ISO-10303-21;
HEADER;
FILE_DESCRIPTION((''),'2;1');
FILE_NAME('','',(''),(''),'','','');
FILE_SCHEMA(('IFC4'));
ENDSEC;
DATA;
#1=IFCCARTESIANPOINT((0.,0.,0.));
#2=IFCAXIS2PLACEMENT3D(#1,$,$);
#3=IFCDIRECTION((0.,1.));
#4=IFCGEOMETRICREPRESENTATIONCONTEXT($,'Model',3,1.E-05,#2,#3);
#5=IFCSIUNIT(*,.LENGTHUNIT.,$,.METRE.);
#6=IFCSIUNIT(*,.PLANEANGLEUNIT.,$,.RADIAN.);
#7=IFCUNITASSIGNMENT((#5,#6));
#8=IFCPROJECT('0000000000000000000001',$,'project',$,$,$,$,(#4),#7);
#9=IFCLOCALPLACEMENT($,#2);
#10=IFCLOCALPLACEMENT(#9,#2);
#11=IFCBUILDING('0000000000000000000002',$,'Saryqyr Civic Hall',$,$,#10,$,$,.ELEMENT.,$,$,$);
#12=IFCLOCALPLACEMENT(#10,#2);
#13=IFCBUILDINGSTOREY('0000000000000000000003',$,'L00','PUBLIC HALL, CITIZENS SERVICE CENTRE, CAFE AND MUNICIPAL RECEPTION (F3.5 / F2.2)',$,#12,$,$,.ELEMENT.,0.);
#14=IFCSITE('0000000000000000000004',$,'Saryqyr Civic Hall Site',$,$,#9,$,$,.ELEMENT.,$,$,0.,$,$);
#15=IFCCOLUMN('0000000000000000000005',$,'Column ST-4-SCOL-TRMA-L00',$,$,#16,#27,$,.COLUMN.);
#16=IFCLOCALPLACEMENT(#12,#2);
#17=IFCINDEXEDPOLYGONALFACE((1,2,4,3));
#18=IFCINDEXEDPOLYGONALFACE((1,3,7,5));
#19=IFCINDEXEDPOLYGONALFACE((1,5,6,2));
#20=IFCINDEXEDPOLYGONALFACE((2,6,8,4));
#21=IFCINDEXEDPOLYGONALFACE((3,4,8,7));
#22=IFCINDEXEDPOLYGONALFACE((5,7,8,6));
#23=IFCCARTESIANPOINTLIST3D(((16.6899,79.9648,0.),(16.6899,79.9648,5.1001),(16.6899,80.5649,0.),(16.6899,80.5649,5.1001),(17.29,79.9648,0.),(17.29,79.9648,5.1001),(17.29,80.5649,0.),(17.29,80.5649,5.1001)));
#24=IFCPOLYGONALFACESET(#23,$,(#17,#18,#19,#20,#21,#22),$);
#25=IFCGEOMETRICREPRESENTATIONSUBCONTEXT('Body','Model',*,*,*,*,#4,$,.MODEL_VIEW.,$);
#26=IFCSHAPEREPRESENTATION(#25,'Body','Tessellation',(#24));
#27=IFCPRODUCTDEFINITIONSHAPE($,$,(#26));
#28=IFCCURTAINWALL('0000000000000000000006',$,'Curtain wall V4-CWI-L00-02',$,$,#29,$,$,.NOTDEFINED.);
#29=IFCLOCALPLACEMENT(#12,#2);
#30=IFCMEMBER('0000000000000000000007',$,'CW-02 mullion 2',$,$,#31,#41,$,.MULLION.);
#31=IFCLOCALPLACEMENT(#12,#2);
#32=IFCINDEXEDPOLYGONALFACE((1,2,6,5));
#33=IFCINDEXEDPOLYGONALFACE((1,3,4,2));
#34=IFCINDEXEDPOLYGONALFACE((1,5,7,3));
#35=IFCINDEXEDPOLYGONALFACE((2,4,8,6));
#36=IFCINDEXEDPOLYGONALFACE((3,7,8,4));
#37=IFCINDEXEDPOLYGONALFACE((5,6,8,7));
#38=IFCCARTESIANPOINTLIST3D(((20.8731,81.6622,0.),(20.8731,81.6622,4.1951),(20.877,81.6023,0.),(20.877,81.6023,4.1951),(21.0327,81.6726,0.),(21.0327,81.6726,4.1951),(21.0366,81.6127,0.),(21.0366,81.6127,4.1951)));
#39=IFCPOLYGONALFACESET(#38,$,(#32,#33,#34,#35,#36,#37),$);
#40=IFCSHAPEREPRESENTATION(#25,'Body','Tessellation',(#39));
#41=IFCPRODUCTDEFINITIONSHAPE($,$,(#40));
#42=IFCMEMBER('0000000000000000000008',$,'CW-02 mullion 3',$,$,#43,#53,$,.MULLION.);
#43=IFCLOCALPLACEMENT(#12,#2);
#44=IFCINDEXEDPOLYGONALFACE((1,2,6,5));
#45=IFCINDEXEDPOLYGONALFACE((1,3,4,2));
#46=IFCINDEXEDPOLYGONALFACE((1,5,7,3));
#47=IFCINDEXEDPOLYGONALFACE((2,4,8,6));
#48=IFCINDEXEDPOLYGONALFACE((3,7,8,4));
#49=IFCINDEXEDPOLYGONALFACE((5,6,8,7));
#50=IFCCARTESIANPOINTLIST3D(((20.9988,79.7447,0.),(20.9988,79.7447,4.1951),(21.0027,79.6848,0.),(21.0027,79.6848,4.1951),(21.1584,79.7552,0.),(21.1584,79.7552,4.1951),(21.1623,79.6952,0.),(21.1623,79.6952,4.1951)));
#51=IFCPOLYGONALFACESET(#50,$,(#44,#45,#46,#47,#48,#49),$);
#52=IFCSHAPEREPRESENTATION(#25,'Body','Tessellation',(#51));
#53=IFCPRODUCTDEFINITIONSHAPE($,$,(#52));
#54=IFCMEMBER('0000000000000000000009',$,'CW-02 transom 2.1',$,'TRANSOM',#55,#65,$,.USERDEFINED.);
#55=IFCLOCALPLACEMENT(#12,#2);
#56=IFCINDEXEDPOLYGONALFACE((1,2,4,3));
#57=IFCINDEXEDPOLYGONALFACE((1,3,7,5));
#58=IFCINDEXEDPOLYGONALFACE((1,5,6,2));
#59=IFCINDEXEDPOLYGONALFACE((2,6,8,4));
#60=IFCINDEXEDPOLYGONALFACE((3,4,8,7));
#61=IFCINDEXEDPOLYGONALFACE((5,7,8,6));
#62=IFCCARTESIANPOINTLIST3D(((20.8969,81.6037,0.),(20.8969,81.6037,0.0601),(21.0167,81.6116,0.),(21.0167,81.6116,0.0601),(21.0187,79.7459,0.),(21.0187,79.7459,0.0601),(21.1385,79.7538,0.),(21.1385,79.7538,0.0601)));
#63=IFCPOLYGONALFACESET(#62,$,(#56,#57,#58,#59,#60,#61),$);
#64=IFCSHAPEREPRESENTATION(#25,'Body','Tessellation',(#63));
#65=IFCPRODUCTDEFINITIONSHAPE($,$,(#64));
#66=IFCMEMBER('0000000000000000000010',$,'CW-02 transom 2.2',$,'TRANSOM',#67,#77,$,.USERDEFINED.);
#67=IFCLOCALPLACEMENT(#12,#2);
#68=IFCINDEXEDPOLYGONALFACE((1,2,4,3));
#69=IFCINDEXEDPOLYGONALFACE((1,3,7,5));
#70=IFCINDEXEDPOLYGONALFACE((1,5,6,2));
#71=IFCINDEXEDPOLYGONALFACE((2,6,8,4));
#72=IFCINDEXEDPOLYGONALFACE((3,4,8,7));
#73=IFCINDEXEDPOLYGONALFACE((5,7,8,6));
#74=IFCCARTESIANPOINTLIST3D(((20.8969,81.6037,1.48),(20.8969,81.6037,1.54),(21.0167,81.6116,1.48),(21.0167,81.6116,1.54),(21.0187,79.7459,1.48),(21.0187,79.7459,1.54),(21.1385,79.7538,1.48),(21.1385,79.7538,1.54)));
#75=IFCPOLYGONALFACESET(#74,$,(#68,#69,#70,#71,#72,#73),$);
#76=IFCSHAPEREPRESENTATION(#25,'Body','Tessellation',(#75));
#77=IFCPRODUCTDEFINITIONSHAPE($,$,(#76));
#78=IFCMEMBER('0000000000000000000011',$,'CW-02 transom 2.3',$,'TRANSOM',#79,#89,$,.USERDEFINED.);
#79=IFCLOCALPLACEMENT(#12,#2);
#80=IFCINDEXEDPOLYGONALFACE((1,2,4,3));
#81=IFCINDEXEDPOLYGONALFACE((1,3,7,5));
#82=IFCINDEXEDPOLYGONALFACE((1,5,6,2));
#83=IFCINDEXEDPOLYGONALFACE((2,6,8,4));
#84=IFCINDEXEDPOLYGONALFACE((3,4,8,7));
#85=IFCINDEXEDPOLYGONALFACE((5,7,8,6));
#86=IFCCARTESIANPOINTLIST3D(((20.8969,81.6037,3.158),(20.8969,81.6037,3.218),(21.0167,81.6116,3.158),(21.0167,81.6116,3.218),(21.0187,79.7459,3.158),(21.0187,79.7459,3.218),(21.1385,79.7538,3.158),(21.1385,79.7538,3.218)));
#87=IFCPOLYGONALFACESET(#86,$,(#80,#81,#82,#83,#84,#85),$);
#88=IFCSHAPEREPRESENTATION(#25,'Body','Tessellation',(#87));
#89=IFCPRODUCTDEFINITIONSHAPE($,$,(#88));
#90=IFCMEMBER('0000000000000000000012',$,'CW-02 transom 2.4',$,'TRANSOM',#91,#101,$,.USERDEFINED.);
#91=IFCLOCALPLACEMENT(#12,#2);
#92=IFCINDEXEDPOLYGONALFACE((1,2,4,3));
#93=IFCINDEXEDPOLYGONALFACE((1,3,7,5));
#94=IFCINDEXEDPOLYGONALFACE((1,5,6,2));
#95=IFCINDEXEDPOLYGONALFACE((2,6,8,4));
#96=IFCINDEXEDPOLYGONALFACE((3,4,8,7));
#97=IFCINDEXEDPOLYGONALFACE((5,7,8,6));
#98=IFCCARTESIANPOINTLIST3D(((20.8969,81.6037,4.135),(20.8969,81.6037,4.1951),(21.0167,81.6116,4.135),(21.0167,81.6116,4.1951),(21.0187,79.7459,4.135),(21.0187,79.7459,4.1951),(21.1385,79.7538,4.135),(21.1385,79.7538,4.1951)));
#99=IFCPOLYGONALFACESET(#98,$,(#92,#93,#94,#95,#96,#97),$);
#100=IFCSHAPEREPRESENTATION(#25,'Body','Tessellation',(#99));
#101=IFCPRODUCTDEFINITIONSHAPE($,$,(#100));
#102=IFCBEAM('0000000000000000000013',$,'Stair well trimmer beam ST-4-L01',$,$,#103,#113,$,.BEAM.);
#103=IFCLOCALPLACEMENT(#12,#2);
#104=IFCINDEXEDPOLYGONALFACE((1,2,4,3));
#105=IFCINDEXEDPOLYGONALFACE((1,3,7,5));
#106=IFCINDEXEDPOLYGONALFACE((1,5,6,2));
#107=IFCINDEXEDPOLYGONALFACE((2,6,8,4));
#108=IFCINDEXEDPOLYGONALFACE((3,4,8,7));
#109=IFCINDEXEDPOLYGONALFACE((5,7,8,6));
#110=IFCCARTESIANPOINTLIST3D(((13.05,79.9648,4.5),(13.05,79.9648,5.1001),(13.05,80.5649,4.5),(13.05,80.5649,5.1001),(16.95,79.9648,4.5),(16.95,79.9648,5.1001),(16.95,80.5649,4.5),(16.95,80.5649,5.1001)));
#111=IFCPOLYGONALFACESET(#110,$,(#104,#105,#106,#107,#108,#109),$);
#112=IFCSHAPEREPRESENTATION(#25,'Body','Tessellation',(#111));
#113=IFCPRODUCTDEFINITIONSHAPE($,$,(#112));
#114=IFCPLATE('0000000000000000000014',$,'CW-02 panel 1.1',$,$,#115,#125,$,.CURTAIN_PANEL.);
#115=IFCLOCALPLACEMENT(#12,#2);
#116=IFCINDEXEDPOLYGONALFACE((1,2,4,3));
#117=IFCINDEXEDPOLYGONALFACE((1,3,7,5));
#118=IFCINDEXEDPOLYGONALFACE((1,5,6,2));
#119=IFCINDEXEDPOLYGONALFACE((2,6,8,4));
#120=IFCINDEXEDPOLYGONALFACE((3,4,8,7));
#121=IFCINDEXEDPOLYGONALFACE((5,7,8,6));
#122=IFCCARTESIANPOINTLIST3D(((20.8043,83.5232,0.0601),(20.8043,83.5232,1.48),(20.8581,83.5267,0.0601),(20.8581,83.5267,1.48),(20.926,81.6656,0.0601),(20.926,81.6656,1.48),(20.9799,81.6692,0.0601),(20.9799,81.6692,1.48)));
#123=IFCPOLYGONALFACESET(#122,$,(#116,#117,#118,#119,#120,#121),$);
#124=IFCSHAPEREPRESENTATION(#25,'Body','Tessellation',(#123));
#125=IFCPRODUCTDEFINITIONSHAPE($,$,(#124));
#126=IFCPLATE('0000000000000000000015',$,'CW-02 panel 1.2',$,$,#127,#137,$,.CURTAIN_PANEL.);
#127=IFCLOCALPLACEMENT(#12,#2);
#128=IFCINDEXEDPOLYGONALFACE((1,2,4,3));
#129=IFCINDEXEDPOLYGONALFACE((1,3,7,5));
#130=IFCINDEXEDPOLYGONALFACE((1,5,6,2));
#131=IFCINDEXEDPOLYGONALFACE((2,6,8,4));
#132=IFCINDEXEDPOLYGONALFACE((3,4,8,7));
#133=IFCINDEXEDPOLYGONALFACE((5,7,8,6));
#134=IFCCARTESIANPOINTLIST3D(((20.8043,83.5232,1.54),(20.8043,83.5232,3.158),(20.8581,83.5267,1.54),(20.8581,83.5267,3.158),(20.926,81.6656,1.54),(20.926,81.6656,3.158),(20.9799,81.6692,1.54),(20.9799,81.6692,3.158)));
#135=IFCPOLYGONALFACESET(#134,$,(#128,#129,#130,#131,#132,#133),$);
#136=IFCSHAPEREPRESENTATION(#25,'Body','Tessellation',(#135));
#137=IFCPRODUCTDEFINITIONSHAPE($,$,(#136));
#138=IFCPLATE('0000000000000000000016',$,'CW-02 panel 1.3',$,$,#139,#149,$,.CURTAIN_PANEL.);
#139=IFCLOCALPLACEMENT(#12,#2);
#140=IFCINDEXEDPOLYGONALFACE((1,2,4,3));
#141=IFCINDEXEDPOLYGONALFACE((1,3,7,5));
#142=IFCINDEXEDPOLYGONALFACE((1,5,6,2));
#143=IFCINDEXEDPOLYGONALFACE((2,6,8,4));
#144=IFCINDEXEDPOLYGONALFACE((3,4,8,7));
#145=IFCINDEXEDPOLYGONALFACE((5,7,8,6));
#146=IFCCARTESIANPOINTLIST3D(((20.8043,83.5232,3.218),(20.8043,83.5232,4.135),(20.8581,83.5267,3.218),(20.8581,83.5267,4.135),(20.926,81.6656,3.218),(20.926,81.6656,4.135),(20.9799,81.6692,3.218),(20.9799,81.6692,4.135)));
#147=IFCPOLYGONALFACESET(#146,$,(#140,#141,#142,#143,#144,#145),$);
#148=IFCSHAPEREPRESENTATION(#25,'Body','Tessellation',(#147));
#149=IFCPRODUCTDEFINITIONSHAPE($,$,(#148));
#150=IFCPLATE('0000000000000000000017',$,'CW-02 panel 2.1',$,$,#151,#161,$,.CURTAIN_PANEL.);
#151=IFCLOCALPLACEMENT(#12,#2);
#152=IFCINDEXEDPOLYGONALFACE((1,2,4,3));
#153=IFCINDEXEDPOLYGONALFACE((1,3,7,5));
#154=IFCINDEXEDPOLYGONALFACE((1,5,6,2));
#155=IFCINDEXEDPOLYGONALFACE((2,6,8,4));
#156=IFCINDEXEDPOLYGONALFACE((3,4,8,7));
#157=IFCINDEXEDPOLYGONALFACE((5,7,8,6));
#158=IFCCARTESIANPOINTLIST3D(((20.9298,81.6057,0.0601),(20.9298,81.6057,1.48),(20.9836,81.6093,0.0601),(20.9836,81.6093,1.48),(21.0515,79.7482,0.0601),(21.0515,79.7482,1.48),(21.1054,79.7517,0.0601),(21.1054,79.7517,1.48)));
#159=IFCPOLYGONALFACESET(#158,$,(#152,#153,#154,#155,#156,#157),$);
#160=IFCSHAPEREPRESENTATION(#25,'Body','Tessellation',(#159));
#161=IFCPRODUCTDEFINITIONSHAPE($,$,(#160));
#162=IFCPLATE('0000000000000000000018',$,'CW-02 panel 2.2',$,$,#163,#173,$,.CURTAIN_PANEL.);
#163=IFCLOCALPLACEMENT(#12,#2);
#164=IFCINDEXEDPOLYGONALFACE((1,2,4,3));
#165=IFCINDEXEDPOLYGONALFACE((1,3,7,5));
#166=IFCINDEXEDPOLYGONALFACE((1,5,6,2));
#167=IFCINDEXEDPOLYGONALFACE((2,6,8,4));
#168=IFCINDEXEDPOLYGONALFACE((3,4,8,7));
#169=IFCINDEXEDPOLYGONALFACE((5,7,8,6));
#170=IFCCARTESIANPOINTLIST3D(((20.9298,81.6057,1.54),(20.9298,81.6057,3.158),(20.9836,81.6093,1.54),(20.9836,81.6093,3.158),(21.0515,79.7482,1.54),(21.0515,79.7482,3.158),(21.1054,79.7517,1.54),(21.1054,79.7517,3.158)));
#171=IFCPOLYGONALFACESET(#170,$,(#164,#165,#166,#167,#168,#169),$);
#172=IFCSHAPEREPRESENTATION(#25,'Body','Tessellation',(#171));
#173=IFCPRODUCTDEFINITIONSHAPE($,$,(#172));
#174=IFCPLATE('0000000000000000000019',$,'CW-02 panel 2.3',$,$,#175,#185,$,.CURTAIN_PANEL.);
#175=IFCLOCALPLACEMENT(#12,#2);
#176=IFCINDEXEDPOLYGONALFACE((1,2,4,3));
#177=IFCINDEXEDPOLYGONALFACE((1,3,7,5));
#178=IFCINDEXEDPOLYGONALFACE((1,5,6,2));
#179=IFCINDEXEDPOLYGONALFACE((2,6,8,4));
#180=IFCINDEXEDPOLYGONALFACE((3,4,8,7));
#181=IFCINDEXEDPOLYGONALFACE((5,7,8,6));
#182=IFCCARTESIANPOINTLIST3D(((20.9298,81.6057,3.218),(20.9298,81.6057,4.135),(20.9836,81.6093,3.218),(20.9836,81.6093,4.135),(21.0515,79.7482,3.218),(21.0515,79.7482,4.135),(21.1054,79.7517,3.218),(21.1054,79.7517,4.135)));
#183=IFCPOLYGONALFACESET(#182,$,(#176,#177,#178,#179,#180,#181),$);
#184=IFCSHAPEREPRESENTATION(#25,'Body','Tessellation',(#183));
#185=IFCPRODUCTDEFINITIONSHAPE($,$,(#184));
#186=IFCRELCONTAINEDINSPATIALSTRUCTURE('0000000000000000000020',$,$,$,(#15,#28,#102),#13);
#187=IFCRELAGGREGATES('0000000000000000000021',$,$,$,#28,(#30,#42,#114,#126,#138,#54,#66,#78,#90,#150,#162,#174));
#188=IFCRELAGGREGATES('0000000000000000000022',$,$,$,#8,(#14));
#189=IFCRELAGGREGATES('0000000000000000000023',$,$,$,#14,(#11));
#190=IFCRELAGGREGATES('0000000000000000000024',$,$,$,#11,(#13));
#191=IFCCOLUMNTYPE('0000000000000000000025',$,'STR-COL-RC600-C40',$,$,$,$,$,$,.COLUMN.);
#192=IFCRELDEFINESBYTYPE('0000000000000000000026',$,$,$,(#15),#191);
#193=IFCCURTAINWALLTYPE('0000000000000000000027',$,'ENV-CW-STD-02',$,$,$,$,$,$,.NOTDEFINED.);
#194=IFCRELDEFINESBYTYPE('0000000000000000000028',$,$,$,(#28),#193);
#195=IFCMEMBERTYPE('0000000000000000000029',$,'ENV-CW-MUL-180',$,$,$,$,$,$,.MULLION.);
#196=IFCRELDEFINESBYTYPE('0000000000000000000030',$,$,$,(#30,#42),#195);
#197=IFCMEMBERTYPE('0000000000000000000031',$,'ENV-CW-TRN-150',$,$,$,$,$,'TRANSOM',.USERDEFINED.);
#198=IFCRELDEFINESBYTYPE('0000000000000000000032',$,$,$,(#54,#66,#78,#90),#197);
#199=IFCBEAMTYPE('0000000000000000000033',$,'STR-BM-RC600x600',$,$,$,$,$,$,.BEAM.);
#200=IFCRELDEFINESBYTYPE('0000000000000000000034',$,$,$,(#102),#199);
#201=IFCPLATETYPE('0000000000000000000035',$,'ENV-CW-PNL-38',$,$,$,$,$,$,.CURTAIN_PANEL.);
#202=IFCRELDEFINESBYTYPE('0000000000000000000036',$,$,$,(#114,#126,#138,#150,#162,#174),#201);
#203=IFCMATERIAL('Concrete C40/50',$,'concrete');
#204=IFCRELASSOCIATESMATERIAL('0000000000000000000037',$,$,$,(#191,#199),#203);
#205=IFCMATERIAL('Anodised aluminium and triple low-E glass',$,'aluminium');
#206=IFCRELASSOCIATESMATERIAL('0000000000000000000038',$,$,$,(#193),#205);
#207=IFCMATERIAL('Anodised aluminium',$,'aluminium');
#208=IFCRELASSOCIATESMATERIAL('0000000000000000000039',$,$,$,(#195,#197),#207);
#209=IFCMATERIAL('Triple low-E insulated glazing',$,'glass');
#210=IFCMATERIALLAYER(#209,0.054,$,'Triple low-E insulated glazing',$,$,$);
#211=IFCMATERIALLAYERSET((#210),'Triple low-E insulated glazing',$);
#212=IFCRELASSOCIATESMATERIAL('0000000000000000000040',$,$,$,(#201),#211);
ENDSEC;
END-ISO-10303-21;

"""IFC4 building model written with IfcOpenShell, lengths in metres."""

from ifc_helpers import new_model, si_unit, direction, frame, origin, origin_2d, place, context, subcontext, project, spatial, rectangle, extrude, material, layer, layer_set, material_profile, profile_set, type_object, element, aggregate, save


model = new_model("IFC4")

# Units and contexts
model_context = context("Model", 3, precision=1e-05, world=origin(), true_north=direction((0.0, 1.0)))
body_context = subcontext(model_context, "Body", "Model", "MODEL_VIEW")
ifc_project = project(units=[si_unit("LENGTHUNIT", "METRE"), si_unit("PLANEANGLEUNIT", "RADIAN")], contexts=[model_context])

# Site, building, storey
site_placement = place(None, origin())
site = spatial("IfcSite", under=ifc_project, at=site_placement, Name="Saryqyr Civic Hall Site", CompositionType="ELEMENT", RefElevation=0.0)
building_placement = place(site_placement, origin())
building = spatial("IfcBuilding", under=site, at=building_placement, Name="Saryqyr Civic Hall", CompositionType="ELEMENT")
storey_placement = place(building_placement, origin())
storey = spatial("IfcBuildingStorey", under=building, at=storey_placement, Name="L00", Description="PUBLIC HALL, CITIZENS SERVICE CENTRE, CAFE AND MUNICIPAL RECEPTION (F3.5 / F2.2)", CompositionType="ELEMENT", Elevation=0.0)

# Column
ifc_material_1 = material(Name="Concrete C40/50", Category="concrete")
ifc_material_profile_1 = material_profile(ifc_material_1, rectangle(XDim=0.6001, YDim=0.6001, at=origin_2d()), Name="RC 600x600")
ifc_profile_set_1 = profile_set([ifc_material_profile_1], Name="Concrete C40/50")
column_type_1 = type_object("IfcColumnType", Name="STR-COL-RC600-C40", PredefinedType="COLUMN", material=ifc_profile_set_1)
column_1_placement = place(storey_placement, frame((16.99, 80.2649, 0.0), z_axis=(0.0, 0.0, 1.0), x_axis=(1.0, 0.0, 0.0)))
element("IfcColumn", 1, at=column_1_placement, inside=storey, type_object=column_type_1, Name="Column ST-4-SCOL-TRMA-L00", PredefinedType="COLUMN", context=body_context, shape_type="SweptSolid", body=[
    extrude(rectangle(XDim=0.6001, YDim=0.6001, at=origin_2d()), origin(), (0.0, 0.0, 1.0), 5.1001),
])

# Curtain wall, members
ifc_material_2 = material(Name="Anodised aluminium and triple low-E glass", Category="aluminium")
curtain_wall_type = type_object("IfcCurtainWallType", Name="ENV-CW-STD-02", PredefinedType="NOTDEFINED", material=ifc_material_2)
curtain_wall_placement = place(storey_placement, origin())
curtain_wall = element("IfcCurtainWall", 2, at=curtain_wall_placement, inside=storey, type_object=curtain_wall_type, Name="Curtain wall V4-CWI-L00-02", PredefinedType="NOTDEFINED")
ifc_material_3 = material(Name="Anodised aluminium", Category="aluminium")
ifc_material_profile_2 = material_profile(ifc_material_3, rectangle(XDim=0.0601, YDim=0.1599, at=origin_2d()), Name="ALU MULLION 60x160")
ifc_profile_set_2 = profile_set([ifc_material_profile_2], Name="Anodised aluminium")
member_type_1 = type_object("IfcMemberType", Name="ENV-CW-MUL-180", PredefinedType="MULLION", material=ifc_profile_set_2)
member_1_placement = place(storey_placement, frame((20.9548, 81.6375, 0.0), z_axis=(0.0, 0.0, 1.0), x_axis=(0.065405, -0.997859, 0.0)))
member_1 = element("IfcMember", 3, at=member_1_placement, type_object=member_type_1, Name="CW-02 mullion 2", PredefinedType="MULLION", context=body_context, shape_type="SweptSolid", body=[
    extrude(rectangle(XDim=0.0601, YDim=0.1599, at=origin_2d()), origin(), (0.0, 0.0, 1.0), 4.1951),
])
member_2_placement = place(storey_placement, frame((21.0806, 79.72, 0.0), z_axis=(0.0, 0.0, 1.0), x_axis=(0.065405, -0.997859, 0.0)))
member_2 = element("IfcMember", 4, at=member_2_placement, type_object=member_type_1, Name="CW-02 mullion 3", PredefinedType="MULLION", context=body_context, shape_type="SweptSolid", body=[
    extrude(rectangle(XDim=0.0601, YDim=0.1599, at=origin_2d()), origin(), (0.0, 0.0, 1.0), 4.1951),
])
ifc_material_profile_3 = material_profile(ifc_material_3, rectangle(XDim=0.1201, YDim=0.0601, at=origin_2d()), Name="ALU TRANSOM 120x60")
ifc_profile_set_3 = profile_set([ifc_material_profile_3], Name="Anodised aluminium")
member_type_2 = type_object("IfcMemberType", Name="ENV-CW-TRN-150", ElementType="TRANSOM", PredefinedType="USERDEFINED", material=ifc_profile_set_3)
member_3_placement = place(storey_placement, frame((20.9568, 81.6077, 0.03), z_axis=(0.065431, -0.997857, 0.0), x_axis=(0.997857, 0.065431, 0.0)))
member_3 = element("IfcMember", 5, at=member_3_placement, type_object=member_type_2, Name="CW-02 transom 2.1", ObjectType="TRANSOM", PredefinedType="USERDEFINED", context=body_context, shape_type="SweptSolid", body=[
    extrude(rectangle(XDim=0.1201, YDim=0.0601, at=origin_2d()), origin(), (0.0, 0.0, 1.0), 1.8618),
])
member_4_placement = place(storey_placement, frame((20.9568, 81.6077, 1.51), z_axis=(0.065431, -0.997857, 0.0), x_axis=(0.997857, 0.065431, 0.0)))
member_4 = element("IfcMember", 6, at=member_4_placement, type_object=member_type_2, Name="CW-02 transom 2.2", ObjectType="TRANSOM", PredefinedType="USERDEFINED", context=body_context, shape_type="SweptSolid", body=[
    extrude(rectangle(XDim=0.1201, YDim=0.0601, at=origin_2d()), origin(), (0.0, 0.0, 1.0), 1.8618),
])
member_5_placement = place(storey_placement, frame((20.9568, 81.6077, 3.188), z_axis=(0.065431, -0.997857, 0.0), x_axis=(0.997857, 0.065431, 0.0)))
member_5 = element("IfcMember", 7, at=member_5_placement, type_object=member_type_2, Name="CW-02 transom 2.3", ObjectType="TRANSOM", PredefinedType="USERDEFINED", context=body_context, shape_type="SweptSolid", body=[
    extrude(rectangle(XDim=0.1201, YDim=0.0601, at=origin_2d()), origin(), (0.0, 0.0, 1.0), 1.8618),
])
member_6_placement = place(storey_placement, frame((20.9568, 81.6077, 4.165), z_axis=(0.065431, -0.997857, 0.0), x_axis=(0.997857, 0.065431, 0.0)))
member_6 = element("IfcMember", 8, at=member_6_placement, type_object=member_type_2, Name="CW-02 transom 2.4", ObjectType="TRANSOM", PredefinedType="USERDEFINED", context=body_context, shape_type="SweptSolid", body=[
    extrude(rectangle(XDim=0.1201, YDim=0.0601, at=origin_2d()), origin(), (0.0, 0.0, 1.0), 1.8618),
])

# Beam
ifc_material_profile_4 = material_profile(ifc_material_1, rectangle(XDim=0.6001, YDim=0.6001, at=origin_2d()), Name="RC 600x600")
ifc_profile_set_4 = profile_set([ifc_material_profile_4], Name="Concrete C40/50")
beam_type = type_object("IfcBeamType", Name="STR-BM-RC600x600", PredefinedType="BEAM", material=ifc_profile_set_4)
beam_placement = place(storey_placement, frame((16.95, 80.2649, 4.8), z_axis=(-1.0, 0.0, 0.0), x_axis=(0.0, -1.0, 0.0)))
element("IfcBeam", 9, at=beam_placement, inside=storey, type_object=beam_type, Name="Stair well trimmer beam ST-4-L01", PredefinedType="BEAM", context=body_context, shape_type="SweptSolid", body=[
    extrude(rectangle(XDim=0.6001, YDim=0.6001, at=origin_2d()), origin(), (0.0, 0.0, 1.0), 3.8999),
])

# Plates
ifc_material_4 = material(Name="Triple low-E insulated glazing", Category="glass")
ifc_layer_1 = layer(ifc_material_4, 0.054, Name="Triple low-E insulated glazing")
ifc_layer_set_1 = layer_set([ifc_layer_1], Name="Triple low-E insulated glazing")
plate_type = type_object("IfcPlateType", Name="ENV-CW-PNL-38", PredefinedType="CURTAIN_PANEL", material=ifc_layer_set_1)
plate_1_placement = place(storey_placement, frame((20.8921, 82.5962, 0.0601), z_axis=(0.0, 0.0, 1.0), x_axis=(0.065405, -0.997859, 0.0)))
plate_1 = element("IfcPlate", 10, at=plate_1_placement, type_object=plate_type, Name="CW-02 panel 1.1", PredefinedType="CURTAIN_PANEL", context=body_context, shape_type="SweptSolid", body=[
    extrude(rectangle(XDim=1.8616, YDim=0.054, at=origin_2d()), origin(), (0.0, 0.0, 1.0), 1.4199),
])
plate_2_placement = place(storey_placement, frame((20.8921, 82.5962, 1.54), z_axis=(0.0, 0.0, 1.0), x_axis=(0.065405, -0.997859, 0.0)))
plate_2 = element("IfcPlate", 11, at=plate_2_placement, type_object=plate_type, Name="CW-02 panel 1.2", PredefinedType="CURTAIN_PANEL", context=body_context, shape_type="SweptSolid", body=[
    extrude(rectangle(XDim=1.8616, YDim=0.054, at=origin_2d()), origin(), (0.0, 0.0, 1.0), 1.6179),
])
plate_3_placement = place(storey_placement, frame((20.8921, 82.5962, 3.218), z_axis=(0.0, 0.0, 1.0), x_axis=(0.065405, -0.997859, 0.0)))
plate_3 = element("IfcPlate", 12, at=plate_3_placement, type_object=plate_type, Name="CW-02 panel 1.3", PredefinedType="CURTAIN_PANEL", context=body_context, shape_type="SweptSolid", body=[
    extrude(rectangle(XDim=1.8616, YDim=0.054, at=origin_2d()), origin(), (0.0, 0.0, 1.0), 0.917),
])
plate_4_placement = place(storey_placement, frame((21.0176, 80.6787, 0.0601), z_axis=(0.0, 0.0, 1.0), x_axis=(0.065405, -0.997859, 0.0)))
plate_4 = element("IfcPlate", 13, at=plate_4_placement, type_object=plate_type, Name="CW-02 panel 2.1", PredefinedType="CURTAIN_PANEL", context=body_context, shape_type="SweptSolid", body=[
    extrude(rectangle(XDim=1.8616, YDim=0.054, at=origin_2d()), origin(), (0.0, 0.0, 1.0), 1.4199),
])
plate_5_placement = place(storey_placement, frame((21.0176, 80.6787, 1.54), z_axis=(0.0, 0.0, 1.0), x_axis=(0.065405, -0.997859, 0.0)))
plate_5 = element("IfcPlate", 14, at=plate_5_placement, type_object=plate_type, Name="CW-02 panel 2.2", PredefinedType="CURTAIN_PANEL", context=body_context, shape_type="SweptSolid", body=[
    extrude(rectangle(XDim=1.8616, YDim=0.054, at=origin_2d()), origin(), (0.0, 0.0, 1.0), 1.6179),
])
plate_6_placement = place(storey_placement, frame((21.0176, 80.6787, 3.218), z_axis=(0.0, 0.0, 1.0), x_axis=(0.065405, -0.997859, 0.0)))
plate_6 = element("IfcPlate", 15, at=plate_6_placement, type_object=plate_type, Name="CW-02 panel 2.3", PredefinedType="CURTAIN_PANEL", context=body_context, shape_type="SweptSolid", body=[
    extrude(rectangle(XDim=1.8616, YDim=0.054, at=origin_2d()), origin(), (0.0, 0.0, 1.0), 0.917),
])
aggregate(curtain_wall, [member_1, member_2, plate_1, plate_2, plate_3, member_3, member_4, member_5, member_6, plate_4, plate_5, plate_6])

save(model, "model.ifc")
